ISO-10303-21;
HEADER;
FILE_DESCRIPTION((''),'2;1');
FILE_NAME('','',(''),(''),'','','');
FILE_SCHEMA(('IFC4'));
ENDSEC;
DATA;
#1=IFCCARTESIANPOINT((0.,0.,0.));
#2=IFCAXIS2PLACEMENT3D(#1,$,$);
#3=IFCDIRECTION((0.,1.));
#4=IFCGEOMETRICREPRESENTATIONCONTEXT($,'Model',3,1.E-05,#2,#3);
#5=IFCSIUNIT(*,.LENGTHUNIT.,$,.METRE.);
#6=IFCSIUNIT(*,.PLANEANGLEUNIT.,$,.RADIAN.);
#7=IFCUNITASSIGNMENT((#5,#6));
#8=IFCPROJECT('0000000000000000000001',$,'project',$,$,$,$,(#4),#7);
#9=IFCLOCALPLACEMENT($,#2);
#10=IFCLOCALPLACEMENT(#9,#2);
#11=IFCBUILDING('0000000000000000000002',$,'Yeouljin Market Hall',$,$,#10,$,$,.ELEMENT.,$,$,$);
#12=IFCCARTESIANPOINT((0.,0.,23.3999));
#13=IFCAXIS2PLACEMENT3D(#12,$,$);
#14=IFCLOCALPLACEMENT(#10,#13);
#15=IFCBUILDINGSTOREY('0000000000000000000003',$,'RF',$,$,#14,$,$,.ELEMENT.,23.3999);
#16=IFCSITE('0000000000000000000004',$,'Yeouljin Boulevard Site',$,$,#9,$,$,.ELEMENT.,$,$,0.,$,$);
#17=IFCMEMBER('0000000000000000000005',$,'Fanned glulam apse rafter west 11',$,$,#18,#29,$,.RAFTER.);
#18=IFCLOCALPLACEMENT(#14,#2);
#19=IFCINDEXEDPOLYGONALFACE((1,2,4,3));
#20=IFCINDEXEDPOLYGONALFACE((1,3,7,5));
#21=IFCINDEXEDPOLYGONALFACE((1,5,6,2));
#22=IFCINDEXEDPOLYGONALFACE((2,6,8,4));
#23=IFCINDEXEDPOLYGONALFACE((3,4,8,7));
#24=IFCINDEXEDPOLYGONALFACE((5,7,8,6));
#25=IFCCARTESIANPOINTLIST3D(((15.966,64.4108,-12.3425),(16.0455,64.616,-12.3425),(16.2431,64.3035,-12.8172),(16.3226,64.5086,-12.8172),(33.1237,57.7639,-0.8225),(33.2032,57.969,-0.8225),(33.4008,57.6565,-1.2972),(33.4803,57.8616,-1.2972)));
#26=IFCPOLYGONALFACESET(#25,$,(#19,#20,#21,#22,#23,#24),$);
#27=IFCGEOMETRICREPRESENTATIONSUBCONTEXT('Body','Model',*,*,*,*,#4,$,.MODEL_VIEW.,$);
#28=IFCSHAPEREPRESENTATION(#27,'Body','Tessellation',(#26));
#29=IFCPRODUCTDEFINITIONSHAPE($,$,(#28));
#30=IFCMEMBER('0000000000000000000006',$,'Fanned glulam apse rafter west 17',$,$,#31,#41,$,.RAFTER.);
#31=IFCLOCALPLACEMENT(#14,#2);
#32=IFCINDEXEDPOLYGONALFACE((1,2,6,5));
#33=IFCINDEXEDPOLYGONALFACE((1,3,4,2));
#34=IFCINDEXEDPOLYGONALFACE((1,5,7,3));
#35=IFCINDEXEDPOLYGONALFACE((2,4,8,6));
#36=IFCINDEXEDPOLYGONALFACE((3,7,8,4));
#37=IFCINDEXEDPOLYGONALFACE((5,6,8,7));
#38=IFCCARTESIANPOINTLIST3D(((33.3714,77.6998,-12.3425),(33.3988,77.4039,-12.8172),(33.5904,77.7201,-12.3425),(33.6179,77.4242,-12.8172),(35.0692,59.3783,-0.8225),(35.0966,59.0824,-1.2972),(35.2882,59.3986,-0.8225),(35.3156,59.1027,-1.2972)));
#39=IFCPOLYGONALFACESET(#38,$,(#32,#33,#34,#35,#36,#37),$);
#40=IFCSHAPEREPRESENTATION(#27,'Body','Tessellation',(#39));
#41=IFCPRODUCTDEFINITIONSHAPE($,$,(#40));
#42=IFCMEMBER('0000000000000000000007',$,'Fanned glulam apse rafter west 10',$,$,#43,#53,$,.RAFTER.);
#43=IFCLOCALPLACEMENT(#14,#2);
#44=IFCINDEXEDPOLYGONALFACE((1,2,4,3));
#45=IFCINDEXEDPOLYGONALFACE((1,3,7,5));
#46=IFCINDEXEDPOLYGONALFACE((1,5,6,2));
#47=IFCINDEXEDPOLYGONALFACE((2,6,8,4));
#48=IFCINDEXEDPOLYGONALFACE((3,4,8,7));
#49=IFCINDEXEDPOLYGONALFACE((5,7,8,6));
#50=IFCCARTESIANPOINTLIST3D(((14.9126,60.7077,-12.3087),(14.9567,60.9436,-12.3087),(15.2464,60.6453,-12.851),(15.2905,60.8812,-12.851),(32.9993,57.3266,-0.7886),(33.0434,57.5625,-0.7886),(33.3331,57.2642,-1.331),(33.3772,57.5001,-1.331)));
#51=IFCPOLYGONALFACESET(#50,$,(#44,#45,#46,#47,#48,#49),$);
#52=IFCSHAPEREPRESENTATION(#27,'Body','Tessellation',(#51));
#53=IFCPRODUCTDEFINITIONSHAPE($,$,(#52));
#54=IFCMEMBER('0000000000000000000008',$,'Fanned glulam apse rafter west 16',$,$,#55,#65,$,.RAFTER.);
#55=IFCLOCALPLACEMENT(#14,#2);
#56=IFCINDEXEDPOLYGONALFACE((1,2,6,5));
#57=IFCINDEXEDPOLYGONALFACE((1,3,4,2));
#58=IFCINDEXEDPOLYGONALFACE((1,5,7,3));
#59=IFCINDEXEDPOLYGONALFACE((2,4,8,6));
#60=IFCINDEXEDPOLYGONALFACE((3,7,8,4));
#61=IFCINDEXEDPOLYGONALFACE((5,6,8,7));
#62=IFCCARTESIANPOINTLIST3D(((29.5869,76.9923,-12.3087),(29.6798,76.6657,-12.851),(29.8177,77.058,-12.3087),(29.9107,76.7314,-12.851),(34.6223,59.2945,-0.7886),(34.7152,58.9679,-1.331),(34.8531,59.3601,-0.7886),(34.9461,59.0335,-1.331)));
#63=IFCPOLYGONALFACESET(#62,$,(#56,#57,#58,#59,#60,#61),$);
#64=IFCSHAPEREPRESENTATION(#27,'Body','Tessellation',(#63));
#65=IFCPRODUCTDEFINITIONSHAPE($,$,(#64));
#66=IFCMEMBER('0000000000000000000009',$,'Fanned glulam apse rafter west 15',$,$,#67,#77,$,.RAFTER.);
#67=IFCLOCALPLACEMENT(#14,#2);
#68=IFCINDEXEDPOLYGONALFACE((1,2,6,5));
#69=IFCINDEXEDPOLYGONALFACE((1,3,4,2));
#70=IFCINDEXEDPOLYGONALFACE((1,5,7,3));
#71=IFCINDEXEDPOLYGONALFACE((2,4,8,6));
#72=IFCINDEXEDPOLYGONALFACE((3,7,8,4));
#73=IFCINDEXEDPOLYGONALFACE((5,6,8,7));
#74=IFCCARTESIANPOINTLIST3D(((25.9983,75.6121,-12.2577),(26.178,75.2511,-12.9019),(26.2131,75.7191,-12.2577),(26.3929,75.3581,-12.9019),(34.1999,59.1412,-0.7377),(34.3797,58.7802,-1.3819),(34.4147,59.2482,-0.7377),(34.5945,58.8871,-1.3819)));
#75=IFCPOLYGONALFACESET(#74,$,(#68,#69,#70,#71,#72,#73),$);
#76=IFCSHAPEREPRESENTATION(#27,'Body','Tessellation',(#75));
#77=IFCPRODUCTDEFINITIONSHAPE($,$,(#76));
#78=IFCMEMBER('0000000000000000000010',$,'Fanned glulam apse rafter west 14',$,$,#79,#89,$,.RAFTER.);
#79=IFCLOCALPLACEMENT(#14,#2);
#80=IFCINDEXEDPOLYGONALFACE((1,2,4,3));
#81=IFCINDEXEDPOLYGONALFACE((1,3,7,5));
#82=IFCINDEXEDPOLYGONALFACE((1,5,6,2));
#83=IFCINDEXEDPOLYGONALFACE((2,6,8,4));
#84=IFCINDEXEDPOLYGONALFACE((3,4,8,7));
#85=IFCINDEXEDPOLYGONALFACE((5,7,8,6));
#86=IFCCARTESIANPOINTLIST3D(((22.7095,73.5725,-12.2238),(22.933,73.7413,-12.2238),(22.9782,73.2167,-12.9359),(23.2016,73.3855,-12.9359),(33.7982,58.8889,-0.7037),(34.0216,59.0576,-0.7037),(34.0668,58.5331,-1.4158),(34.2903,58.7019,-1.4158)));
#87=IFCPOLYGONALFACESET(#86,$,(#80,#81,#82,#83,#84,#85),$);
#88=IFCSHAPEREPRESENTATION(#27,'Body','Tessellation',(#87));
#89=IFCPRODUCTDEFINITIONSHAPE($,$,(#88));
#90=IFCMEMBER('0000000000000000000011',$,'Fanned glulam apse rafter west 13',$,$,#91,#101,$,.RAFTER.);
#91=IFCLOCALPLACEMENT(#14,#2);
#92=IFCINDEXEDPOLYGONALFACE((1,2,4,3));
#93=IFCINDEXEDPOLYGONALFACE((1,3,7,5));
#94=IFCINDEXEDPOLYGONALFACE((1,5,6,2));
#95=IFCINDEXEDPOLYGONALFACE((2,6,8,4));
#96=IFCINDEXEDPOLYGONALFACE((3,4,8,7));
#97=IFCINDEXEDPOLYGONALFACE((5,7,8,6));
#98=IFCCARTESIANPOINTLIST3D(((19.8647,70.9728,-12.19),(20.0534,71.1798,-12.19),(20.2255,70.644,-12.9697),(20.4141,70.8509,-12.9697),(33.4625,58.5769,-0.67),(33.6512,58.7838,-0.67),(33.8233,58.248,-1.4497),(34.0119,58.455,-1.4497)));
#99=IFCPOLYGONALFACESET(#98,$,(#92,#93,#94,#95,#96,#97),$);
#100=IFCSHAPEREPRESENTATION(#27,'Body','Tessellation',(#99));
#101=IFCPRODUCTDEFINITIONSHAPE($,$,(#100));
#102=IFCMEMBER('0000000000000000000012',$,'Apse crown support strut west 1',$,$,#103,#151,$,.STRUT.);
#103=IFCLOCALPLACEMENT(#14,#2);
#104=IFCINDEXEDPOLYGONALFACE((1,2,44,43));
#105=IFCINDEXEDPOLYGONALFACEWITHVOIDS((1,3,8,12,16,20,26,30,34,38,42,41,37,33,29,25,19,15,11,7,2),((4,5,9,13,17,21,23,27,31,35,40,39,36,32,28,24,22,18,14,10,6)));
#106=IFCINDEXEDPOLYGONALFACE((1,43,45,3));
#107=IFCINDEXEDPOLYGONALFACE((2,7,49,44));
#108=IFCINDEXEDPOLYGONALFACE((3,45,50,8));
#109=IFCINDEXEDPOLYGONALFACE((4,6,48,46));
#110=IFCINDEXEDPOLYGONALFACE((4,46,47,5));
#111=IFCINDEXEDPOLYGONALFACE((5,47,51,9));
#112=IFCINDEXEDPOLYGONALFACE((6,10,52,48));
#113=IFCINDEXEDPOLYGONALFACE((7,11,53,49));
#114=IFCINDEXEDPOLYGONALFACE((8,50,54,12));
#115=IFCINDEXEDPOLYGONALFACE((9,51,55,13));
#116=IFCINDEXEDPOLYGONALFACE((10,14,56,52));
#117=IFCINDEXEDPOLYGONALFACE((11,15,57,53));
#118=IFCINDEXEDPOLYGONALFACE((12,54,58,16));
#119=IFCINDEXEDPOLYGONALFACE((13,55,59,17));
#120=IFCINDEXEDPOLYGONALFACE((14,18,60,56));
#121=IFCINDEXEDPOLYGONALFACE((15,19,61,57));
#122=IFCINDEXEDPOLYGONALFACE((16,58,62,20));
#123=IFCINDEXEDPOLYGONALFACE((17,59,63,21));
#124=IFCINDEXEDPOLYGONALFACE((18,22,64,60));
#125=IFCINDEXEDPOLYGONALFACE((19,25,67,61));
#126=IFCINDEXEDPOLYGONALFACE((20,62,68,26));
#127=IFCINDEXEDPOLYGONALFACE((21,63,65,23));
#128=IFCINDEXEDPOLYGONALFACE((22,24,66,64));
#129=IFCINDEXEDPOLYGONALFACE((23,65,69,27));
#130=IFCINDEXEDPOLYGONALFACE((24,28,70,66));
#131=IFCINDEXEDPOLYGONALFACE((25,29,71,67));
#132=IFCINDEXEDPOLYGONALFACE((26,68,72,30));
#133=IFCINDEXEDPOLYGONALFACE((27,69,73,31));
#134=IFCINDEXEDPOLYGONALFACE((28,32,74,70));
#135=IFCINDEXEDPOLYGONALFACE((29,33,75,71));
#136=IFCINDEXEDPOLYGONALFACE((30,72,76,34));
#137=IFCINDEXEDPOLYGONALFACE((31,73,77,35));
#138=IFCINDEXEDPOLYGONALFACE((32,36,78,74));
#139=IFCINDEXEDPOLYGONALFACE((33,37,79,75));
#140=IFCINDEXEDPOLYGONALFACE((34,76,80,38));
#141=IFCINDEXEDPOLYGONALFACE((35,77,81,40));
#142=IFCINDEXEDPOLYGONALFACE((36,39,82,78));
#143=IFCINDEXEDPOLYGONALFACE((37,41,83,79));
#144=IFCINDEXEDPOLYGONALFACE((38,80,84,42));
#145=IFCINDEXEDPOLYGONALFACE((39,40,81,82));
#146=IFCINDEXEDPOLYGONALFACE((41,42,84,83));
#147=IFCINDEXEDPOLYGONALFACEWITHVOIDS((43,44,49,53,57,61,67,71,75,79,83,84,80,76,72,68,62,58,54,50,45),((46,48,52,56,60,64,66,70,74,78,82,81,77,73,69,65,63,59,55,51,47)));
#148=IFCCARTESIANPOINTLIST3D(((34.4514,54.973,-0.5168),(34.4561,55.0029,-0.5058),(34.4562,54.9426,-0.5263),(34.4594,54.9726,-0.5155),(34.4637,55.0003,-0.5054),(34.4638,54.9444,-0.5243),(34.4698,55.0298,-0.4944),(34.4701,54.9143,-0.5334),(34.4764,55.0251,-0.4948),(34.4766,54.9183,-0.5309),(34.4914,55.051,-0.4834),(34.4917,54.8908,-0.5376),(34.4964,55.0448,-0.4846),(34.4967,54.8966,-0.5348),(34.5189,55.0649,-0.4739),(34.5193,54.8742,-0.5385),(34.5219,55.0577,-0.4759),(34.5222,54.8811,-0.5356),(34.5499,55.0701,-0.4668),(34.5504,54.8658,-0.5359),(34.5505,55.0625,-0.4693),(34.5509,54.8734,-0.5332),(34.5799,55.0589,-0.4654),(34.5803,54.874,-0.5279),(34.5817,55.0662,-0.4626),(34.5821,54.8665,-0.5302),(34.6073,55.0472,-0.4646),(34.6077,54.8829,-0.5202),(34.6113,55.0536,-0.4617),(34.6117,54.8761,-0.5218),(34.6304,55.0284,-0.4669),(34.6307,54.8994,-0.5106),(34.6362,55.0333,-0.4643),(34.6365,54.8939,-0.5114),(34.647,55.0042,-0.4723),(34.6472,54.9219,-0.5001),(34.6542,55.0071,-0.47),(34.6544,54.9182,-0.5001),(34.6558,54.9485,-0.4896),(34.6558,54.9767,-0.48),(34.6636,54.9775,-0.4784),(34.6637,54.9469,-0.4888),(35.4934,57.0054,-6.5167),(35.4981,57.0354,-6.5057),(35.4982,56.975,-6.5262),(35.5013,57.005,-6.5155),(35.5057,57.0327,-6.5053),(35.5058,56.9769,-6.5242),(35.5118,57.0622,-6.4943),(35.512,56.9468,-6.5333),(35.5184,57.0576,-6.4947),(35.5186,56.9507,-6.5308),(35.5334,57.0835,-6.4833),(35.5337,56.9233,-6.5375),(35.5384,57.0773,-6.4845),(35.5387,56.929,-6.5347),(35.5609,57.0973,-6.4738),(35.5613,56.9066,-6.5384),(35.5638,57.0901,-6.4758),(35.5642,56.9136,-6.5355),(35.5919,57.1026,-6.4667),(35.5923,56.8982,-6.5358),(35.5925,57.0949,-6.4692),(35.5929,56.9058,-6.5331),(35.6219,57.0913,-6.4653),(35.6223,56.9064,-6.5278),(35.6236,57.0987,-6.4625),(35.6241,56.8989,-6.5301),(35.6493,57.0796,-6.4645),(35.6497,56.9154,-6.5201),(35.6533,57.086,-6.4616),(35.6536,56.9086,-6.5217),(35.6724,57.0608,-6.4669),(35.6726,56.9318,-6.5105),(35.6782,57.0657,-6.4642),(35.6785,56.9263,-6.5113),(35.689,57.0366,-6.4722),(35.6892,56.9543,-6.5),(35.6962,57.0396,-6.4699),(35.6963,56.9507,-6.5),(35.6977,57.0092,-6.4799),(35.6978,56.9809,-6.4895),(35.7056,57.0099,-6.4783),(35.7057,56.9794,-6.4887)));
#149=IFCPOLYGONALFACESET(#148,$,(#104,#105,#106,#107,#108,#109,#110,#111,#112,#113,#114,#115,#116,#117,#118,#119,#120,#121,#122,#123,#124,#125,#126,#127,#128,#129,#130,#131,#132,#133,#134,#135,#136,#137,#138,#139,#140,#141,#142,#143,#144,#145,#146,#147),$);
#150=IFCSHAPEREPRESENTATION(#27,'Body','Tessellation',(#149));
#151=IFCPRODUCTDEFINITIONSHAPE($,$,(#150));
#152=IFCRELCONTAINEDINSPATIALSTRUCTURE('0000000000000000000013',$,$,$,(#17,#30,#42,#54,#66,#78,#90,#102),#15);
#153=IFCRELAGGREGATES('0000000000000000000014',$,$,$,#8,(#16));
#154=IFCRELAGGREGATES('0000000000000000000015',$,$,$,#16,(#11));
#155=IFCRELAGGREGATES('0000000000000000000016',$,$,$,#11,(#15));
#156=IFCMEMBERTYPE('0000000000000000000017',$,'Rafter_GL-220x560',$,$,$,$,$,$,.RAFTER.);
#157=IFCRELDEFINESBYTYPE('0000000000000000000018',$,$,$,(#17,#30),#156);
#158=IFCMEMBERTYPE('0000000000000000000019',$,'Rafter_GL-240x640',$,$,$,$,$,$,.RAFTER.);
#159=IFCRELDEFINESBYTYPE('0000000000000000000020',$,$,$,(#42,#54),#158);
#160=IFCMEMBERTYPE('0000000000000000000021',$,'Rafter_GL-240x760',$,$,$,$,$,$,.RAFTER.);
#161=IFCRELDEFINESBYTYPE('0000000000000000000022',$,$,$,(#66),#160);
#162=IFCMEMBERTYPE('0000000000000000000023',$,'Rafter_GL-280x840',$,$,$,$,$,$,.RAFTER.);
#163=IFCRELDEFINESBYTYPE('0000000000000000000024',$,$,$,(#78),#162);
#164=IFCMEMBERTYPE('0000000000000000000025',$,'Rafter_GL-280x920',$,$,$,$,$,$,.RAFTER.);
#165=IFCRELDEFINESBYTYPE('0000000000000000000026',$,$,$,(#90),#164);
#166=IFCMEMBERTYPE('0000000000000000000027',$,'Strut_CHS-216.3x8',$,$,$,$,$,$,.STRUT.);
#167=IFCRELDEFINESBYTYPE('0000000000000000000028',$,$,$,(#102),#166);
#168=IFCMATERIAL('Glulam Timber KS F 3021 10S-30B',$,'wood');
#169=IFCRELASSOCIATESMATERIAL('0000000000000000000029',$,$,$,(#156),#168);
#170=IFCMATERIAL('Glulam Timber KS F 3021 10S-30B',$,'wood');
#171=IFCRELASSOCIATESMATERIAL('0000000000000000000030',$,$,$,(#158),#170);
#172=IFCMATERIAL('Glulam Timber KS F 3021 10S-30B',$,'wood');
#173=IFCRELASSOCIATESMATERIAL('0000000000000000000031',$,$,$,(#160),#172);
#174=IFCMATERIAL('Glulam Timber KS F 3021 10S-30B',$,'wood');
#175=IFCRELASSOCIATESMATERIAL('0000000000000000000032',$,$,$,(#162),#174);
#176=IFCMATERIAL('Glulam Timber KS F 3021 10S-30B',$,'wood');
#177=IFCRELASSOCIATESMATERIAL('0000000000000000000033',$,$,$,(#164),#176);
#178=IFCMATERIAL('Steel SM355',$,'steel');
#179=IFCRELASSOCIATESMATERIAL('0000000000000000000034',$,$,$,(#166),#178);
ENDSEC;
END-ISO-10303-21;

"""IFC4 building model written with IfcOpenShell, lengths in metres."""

from ifc_helpers import new_model, si_unit, direction, frame, origin, origin_2d, place, context, subcontext, project, spatial, rectangle, hollow_circle, extrude, material, material_profile, profile_set, type_object, element, save


model = new_model("IFC4")

# Units and contexts
model_context = context("Model", 3, precision=1e-05, world=origin(), true_north=direction((0.0, 1.0)))
body_context = subcontext(model_context, "Body", "Model", "MODEL_VIEW")
ifc_project = project(units=[si_unit("LENGTHUNIT", "METRE"), si_unit("PLANEANGLEUNIT", "RADIAN")], contexts=[model_context])

# Site, building, storey
site_placement = place(None, origin())
site = spatial("IfcSite", under=ifc_project, at=site_placement, Name="Yeouljin Boulevard Site", CompositionType="ELEMENT", RefElevation=0.0)
building_placement = place(site_placement, origin())
building = spatial("IfcBuilding", under=site, at=building_placement, Name="Yeouljin Market Hall", CompositionType="ELEMENT")
storey_placement = place(building_placement, frame((0.0, 0.0, 23.3999)))
storey = spatial("IfcBuildingStorey", under=building, at=storey_placement, Name="RF", CompositionType="ELEMENT", Elevation=23.3999)

# Members
ifc_material_1 = material(Name="Glulam Timber KS F 3021 10S-30B", Category="wood")
ifc_material_profile_1 = material_profile(ifc_material_1, rectangle(XDim=0.22, YDim=0.5601, at=origin_2d()), Name="GL-220x560")
ifc_profile_set_1 = profile_set([ifc_material_profile_1], Name="Glulam Timber KS F 3021 10S-30B")
member_type_1 = type_object("IfcMemberType", Name="Rafter_GL-220x560", PredefinedType="RAFTER", material=ifc_profile_set_1)
member_1_placement = place(storey_placement, frame((16.1443, 64.4597, -12.5798), z_axis=(0.790351, -0.306185, 0.530657), x_axis=(0.361243, 0.932472, 0.0)))
element("IfcMember", 1, at=member_1_placement, inside=storey, type_object=member_type_1, Name="Fanned glulam apse rafter west 11", PredefinedType="RAFTER", context=body_context, shape_type="SweptSolid", body=[
    extrude(rectangle(XDim=0.22, YDim=0.5601, at=origin_2d()), origin(), (0.0, 0.0, 1.0), 21.709),
])
member_2_placement = place(storey_placement, frame((33.4946, 77.562, -12.5798), z_axis=(0.078206, -0.843968, 0.530661), x_axis=(0.995734, 0.092269, 0.0)))
element("IfcMember", 2, at=member_2_placement, inside=storey, type_object=member_type_1, Name="Fanned glulam apse rafter west 17", PredefinedType="RAFTER", context=body_context, shape_type="SweptSolid", body=[
    extrude(rectangle(XDim=0.22, YDim=0.5601, at=origin_2d()), origin(), (0.0, 0.0, 1.0), 21.7087),
])
ifc_material_2 = material(Name="Glulam Timber KS F 3021 10S-30B", Category="wood")
ifc_material_profile_2 = material_profile(ifc_material_2, rectangle(XDim=0.24, YDim=0.6399, at=origin_2d()), Name="GL-240x640")
ifc_profile_set_2 = profile_set([ifc_material_profile_2], Name="Glulam Timber KS F 3021 10S-30B")
member_type_2 = type_object("IfcMemberType", Name="Rafter_GL-240x640", PredefinedType="RAFTER", material=ifc_profile_set_2)
member_3_placement = place(storey_placement, frame((15.1016, 60.7944, -12.5798), z_axis=(0.833151, -0.155748, 0.530662), x_axis=(0.183756, 0.982972, 0.0)))
element("IfcMember", 3, at=member_3_placement, inside=storey, type_object=member_type_2, Name="Fanned glulam apse rafter west 10", PredefinedType="RAFTER", context=body_context, shape_type="SweptSolid", body=[
    extrude(rectangle(XDim=0.24, YDim=0.6399, at=origin_2d()), origin(), (0.0, 0.0, 1.0), 21.7087),
])
member_4_placement = place(storey_placement, frame((29.7488, 76.8618, -12.5798), z_axis=(0.231951, -0.81523, 0.530659), x_axis=(0.961826, 0.273661, 0.0)))
element("IfcMember", 4, at=member_4_placement, inside=storey, type_object=member_type_2, Name="Fanned glulam apse rafter west 16", PredefinedType="RAFTER", context=body_context, shape_type="SweptSolid", body=[
    extrude(rectangle(XDim=0.24, YDim=0.6399, at=origin_2d()), origin(), (0.0, 0.0, 1.0), 21.709),
])
ifc_material_3 = material(Name="Glulam Timber KS F 3021 10S-30B", Category="wood")
ifc_material_profile_3 = material_profile(ifc_material_3, rectangle(XDim=0.24, YDim=0.76, at=origin_2d()), Name="GL-240x760")
ifc_profile_set_3 = profile_set([ifc_material_profile_3], Name="Glulam Timber KS F 3021 10S-30B")
member_type_3 = type_object("IfcMemberType", Name="Rafter_GL-240x760", PredefinedType="RAFTER", material=ifc_profile_set_3)
member_5_placement = place(storey_placement, frame((26.1956, 75.4851, -12.5798), z_axis=(0.377804, -0.758724, 0.530662), x_axis=(0.895161, 0.445743, 0.0)))
element("IfcMember", 5, at=member_5_placement, inside=storey, type_object=member_type_3, Name="Fanned glulam apse rafter west 15", PredefinedType="RAFTER", context=body_context, shape_type="SweptSolid", body=[
    extrude(rectangle(XDim=0.24, YDim=0.76, at=origin_2d()), origin(), (0.0, 0.0, 1.0), 21.7087),
])
ifc_material_4 = material(Name="Glulam Timber KS F 3021 10S-30B", Category="wood")
ifc_material_profile_4 = material_profile(ifc_material_4, rectangle(XDim=0.28, YDim=0.8401, at=origin_2d()), Name="GL-280x840")
ifc_profile_set_4 = profile_set([ifc_material_profile_4], Name="Glulam Timber KS F 3021 10S-30B")
member_type_4 = type_object("IfcMemberType", Name="Rafter_GL-280x840", PredefinedType="RAFTER", material=ifc_profile_set_4)
member_6_placement = place(storey_placement, frame((22.9556, 73.479, -12.5798), z_axis=(0.510787, -0.676386, 0.530659), x_axis=(0.798015, 0.602638, 0.0)))
element("IfcMember", 6, at=member_6_placement, inside=storey, type_object=member_type_4, Name="Fanned glulam apse rafter west 14", PredefinedType="RAFTER", context=body_context, shape_type="SweptSolid", body=[
    extrude(rectangle(XDim=0.28, YDim=0.8401, at=origin_2d()), origin(), (0.0, 0.0, 1.0), 21.709),
])
ifc_material_5 = material(Name="Glulam Timber KS F 3021 10S-30B", Category="wood")
ifc_material_profile_5 = material_profile(ifc_material_5, rectangle(XDim=0.28, YDim=0.9199, at=origin_2d()), Name="GL-280x920")
ifc_profile_set_5 = profile_set([ifc_material_profile_5], Name="Glulam Timber KS F 3021 10S-30B")
member_type_5 = type_object("IfcMemberType", Name="Rafter_GL-280x920", PredefinedType="RAFTER", material=ifc_profile_set_5)
member_7_placement = place(storey_placement, frame((20.1394, 70.9119, -12.5798), z_axis=(0.626376, -0.571011, 0.53066), x_axis=(0.673692, 0.739012, 0.0)))
element("IfcMember", 7, at=member_7_placement, inside=storey, type_object=member_type_5, Name="Fanned glulam apse rafter west 13", PredefinedType="RAFTER", context=body_context, shape_type="SweptSolid", body=[
    extrude(rectangle(XDim=0.28, YDim=0.9199, at=origin_2d()), origin(), (0.0, 0.0, 1.0), 21.7087),
])
ifc_material_6 = material(Name="Steel SM355", Category="steel")
ifc_material_profile_6 = material_profile(ifc_material_6, hollow_circle(Radius=0.1082, WallThickness=0.0081, at=origin_2d()), Name="CHS-216.3x8")
ifc_profile_set_6 = profile_set([ifc_material_profile_6], Name="Steel SM355")
member_type_6 = type_object("IfcMemberType", Name="Strut_CHS-216.3x8", PredefinedType="STRUT", material=ifc_profile_set_6)
member_8_placement = place(storey_placement, frame((35.6001, 57.0, -6.5), z_axis=(-0.162304, -0.316583, 0.934576), x_axis=(0.889871, -0.456212, 0.0)))
element("IfcMember", 8, at=member_8_placement, inside=storey, type_object=member_type_6, Name="Apse crown support strut west 1", PredefinedType="STRUT", context=body_context, shape_type="SweptSolid", body=[
    extrude(hollow_circle(Radius=0.1082, WallThickness=0.0081, at=origin_2d()), origin(), (0.0, 0.0, 1.0), 6.4199),
])

save(model, "model.ifc")
